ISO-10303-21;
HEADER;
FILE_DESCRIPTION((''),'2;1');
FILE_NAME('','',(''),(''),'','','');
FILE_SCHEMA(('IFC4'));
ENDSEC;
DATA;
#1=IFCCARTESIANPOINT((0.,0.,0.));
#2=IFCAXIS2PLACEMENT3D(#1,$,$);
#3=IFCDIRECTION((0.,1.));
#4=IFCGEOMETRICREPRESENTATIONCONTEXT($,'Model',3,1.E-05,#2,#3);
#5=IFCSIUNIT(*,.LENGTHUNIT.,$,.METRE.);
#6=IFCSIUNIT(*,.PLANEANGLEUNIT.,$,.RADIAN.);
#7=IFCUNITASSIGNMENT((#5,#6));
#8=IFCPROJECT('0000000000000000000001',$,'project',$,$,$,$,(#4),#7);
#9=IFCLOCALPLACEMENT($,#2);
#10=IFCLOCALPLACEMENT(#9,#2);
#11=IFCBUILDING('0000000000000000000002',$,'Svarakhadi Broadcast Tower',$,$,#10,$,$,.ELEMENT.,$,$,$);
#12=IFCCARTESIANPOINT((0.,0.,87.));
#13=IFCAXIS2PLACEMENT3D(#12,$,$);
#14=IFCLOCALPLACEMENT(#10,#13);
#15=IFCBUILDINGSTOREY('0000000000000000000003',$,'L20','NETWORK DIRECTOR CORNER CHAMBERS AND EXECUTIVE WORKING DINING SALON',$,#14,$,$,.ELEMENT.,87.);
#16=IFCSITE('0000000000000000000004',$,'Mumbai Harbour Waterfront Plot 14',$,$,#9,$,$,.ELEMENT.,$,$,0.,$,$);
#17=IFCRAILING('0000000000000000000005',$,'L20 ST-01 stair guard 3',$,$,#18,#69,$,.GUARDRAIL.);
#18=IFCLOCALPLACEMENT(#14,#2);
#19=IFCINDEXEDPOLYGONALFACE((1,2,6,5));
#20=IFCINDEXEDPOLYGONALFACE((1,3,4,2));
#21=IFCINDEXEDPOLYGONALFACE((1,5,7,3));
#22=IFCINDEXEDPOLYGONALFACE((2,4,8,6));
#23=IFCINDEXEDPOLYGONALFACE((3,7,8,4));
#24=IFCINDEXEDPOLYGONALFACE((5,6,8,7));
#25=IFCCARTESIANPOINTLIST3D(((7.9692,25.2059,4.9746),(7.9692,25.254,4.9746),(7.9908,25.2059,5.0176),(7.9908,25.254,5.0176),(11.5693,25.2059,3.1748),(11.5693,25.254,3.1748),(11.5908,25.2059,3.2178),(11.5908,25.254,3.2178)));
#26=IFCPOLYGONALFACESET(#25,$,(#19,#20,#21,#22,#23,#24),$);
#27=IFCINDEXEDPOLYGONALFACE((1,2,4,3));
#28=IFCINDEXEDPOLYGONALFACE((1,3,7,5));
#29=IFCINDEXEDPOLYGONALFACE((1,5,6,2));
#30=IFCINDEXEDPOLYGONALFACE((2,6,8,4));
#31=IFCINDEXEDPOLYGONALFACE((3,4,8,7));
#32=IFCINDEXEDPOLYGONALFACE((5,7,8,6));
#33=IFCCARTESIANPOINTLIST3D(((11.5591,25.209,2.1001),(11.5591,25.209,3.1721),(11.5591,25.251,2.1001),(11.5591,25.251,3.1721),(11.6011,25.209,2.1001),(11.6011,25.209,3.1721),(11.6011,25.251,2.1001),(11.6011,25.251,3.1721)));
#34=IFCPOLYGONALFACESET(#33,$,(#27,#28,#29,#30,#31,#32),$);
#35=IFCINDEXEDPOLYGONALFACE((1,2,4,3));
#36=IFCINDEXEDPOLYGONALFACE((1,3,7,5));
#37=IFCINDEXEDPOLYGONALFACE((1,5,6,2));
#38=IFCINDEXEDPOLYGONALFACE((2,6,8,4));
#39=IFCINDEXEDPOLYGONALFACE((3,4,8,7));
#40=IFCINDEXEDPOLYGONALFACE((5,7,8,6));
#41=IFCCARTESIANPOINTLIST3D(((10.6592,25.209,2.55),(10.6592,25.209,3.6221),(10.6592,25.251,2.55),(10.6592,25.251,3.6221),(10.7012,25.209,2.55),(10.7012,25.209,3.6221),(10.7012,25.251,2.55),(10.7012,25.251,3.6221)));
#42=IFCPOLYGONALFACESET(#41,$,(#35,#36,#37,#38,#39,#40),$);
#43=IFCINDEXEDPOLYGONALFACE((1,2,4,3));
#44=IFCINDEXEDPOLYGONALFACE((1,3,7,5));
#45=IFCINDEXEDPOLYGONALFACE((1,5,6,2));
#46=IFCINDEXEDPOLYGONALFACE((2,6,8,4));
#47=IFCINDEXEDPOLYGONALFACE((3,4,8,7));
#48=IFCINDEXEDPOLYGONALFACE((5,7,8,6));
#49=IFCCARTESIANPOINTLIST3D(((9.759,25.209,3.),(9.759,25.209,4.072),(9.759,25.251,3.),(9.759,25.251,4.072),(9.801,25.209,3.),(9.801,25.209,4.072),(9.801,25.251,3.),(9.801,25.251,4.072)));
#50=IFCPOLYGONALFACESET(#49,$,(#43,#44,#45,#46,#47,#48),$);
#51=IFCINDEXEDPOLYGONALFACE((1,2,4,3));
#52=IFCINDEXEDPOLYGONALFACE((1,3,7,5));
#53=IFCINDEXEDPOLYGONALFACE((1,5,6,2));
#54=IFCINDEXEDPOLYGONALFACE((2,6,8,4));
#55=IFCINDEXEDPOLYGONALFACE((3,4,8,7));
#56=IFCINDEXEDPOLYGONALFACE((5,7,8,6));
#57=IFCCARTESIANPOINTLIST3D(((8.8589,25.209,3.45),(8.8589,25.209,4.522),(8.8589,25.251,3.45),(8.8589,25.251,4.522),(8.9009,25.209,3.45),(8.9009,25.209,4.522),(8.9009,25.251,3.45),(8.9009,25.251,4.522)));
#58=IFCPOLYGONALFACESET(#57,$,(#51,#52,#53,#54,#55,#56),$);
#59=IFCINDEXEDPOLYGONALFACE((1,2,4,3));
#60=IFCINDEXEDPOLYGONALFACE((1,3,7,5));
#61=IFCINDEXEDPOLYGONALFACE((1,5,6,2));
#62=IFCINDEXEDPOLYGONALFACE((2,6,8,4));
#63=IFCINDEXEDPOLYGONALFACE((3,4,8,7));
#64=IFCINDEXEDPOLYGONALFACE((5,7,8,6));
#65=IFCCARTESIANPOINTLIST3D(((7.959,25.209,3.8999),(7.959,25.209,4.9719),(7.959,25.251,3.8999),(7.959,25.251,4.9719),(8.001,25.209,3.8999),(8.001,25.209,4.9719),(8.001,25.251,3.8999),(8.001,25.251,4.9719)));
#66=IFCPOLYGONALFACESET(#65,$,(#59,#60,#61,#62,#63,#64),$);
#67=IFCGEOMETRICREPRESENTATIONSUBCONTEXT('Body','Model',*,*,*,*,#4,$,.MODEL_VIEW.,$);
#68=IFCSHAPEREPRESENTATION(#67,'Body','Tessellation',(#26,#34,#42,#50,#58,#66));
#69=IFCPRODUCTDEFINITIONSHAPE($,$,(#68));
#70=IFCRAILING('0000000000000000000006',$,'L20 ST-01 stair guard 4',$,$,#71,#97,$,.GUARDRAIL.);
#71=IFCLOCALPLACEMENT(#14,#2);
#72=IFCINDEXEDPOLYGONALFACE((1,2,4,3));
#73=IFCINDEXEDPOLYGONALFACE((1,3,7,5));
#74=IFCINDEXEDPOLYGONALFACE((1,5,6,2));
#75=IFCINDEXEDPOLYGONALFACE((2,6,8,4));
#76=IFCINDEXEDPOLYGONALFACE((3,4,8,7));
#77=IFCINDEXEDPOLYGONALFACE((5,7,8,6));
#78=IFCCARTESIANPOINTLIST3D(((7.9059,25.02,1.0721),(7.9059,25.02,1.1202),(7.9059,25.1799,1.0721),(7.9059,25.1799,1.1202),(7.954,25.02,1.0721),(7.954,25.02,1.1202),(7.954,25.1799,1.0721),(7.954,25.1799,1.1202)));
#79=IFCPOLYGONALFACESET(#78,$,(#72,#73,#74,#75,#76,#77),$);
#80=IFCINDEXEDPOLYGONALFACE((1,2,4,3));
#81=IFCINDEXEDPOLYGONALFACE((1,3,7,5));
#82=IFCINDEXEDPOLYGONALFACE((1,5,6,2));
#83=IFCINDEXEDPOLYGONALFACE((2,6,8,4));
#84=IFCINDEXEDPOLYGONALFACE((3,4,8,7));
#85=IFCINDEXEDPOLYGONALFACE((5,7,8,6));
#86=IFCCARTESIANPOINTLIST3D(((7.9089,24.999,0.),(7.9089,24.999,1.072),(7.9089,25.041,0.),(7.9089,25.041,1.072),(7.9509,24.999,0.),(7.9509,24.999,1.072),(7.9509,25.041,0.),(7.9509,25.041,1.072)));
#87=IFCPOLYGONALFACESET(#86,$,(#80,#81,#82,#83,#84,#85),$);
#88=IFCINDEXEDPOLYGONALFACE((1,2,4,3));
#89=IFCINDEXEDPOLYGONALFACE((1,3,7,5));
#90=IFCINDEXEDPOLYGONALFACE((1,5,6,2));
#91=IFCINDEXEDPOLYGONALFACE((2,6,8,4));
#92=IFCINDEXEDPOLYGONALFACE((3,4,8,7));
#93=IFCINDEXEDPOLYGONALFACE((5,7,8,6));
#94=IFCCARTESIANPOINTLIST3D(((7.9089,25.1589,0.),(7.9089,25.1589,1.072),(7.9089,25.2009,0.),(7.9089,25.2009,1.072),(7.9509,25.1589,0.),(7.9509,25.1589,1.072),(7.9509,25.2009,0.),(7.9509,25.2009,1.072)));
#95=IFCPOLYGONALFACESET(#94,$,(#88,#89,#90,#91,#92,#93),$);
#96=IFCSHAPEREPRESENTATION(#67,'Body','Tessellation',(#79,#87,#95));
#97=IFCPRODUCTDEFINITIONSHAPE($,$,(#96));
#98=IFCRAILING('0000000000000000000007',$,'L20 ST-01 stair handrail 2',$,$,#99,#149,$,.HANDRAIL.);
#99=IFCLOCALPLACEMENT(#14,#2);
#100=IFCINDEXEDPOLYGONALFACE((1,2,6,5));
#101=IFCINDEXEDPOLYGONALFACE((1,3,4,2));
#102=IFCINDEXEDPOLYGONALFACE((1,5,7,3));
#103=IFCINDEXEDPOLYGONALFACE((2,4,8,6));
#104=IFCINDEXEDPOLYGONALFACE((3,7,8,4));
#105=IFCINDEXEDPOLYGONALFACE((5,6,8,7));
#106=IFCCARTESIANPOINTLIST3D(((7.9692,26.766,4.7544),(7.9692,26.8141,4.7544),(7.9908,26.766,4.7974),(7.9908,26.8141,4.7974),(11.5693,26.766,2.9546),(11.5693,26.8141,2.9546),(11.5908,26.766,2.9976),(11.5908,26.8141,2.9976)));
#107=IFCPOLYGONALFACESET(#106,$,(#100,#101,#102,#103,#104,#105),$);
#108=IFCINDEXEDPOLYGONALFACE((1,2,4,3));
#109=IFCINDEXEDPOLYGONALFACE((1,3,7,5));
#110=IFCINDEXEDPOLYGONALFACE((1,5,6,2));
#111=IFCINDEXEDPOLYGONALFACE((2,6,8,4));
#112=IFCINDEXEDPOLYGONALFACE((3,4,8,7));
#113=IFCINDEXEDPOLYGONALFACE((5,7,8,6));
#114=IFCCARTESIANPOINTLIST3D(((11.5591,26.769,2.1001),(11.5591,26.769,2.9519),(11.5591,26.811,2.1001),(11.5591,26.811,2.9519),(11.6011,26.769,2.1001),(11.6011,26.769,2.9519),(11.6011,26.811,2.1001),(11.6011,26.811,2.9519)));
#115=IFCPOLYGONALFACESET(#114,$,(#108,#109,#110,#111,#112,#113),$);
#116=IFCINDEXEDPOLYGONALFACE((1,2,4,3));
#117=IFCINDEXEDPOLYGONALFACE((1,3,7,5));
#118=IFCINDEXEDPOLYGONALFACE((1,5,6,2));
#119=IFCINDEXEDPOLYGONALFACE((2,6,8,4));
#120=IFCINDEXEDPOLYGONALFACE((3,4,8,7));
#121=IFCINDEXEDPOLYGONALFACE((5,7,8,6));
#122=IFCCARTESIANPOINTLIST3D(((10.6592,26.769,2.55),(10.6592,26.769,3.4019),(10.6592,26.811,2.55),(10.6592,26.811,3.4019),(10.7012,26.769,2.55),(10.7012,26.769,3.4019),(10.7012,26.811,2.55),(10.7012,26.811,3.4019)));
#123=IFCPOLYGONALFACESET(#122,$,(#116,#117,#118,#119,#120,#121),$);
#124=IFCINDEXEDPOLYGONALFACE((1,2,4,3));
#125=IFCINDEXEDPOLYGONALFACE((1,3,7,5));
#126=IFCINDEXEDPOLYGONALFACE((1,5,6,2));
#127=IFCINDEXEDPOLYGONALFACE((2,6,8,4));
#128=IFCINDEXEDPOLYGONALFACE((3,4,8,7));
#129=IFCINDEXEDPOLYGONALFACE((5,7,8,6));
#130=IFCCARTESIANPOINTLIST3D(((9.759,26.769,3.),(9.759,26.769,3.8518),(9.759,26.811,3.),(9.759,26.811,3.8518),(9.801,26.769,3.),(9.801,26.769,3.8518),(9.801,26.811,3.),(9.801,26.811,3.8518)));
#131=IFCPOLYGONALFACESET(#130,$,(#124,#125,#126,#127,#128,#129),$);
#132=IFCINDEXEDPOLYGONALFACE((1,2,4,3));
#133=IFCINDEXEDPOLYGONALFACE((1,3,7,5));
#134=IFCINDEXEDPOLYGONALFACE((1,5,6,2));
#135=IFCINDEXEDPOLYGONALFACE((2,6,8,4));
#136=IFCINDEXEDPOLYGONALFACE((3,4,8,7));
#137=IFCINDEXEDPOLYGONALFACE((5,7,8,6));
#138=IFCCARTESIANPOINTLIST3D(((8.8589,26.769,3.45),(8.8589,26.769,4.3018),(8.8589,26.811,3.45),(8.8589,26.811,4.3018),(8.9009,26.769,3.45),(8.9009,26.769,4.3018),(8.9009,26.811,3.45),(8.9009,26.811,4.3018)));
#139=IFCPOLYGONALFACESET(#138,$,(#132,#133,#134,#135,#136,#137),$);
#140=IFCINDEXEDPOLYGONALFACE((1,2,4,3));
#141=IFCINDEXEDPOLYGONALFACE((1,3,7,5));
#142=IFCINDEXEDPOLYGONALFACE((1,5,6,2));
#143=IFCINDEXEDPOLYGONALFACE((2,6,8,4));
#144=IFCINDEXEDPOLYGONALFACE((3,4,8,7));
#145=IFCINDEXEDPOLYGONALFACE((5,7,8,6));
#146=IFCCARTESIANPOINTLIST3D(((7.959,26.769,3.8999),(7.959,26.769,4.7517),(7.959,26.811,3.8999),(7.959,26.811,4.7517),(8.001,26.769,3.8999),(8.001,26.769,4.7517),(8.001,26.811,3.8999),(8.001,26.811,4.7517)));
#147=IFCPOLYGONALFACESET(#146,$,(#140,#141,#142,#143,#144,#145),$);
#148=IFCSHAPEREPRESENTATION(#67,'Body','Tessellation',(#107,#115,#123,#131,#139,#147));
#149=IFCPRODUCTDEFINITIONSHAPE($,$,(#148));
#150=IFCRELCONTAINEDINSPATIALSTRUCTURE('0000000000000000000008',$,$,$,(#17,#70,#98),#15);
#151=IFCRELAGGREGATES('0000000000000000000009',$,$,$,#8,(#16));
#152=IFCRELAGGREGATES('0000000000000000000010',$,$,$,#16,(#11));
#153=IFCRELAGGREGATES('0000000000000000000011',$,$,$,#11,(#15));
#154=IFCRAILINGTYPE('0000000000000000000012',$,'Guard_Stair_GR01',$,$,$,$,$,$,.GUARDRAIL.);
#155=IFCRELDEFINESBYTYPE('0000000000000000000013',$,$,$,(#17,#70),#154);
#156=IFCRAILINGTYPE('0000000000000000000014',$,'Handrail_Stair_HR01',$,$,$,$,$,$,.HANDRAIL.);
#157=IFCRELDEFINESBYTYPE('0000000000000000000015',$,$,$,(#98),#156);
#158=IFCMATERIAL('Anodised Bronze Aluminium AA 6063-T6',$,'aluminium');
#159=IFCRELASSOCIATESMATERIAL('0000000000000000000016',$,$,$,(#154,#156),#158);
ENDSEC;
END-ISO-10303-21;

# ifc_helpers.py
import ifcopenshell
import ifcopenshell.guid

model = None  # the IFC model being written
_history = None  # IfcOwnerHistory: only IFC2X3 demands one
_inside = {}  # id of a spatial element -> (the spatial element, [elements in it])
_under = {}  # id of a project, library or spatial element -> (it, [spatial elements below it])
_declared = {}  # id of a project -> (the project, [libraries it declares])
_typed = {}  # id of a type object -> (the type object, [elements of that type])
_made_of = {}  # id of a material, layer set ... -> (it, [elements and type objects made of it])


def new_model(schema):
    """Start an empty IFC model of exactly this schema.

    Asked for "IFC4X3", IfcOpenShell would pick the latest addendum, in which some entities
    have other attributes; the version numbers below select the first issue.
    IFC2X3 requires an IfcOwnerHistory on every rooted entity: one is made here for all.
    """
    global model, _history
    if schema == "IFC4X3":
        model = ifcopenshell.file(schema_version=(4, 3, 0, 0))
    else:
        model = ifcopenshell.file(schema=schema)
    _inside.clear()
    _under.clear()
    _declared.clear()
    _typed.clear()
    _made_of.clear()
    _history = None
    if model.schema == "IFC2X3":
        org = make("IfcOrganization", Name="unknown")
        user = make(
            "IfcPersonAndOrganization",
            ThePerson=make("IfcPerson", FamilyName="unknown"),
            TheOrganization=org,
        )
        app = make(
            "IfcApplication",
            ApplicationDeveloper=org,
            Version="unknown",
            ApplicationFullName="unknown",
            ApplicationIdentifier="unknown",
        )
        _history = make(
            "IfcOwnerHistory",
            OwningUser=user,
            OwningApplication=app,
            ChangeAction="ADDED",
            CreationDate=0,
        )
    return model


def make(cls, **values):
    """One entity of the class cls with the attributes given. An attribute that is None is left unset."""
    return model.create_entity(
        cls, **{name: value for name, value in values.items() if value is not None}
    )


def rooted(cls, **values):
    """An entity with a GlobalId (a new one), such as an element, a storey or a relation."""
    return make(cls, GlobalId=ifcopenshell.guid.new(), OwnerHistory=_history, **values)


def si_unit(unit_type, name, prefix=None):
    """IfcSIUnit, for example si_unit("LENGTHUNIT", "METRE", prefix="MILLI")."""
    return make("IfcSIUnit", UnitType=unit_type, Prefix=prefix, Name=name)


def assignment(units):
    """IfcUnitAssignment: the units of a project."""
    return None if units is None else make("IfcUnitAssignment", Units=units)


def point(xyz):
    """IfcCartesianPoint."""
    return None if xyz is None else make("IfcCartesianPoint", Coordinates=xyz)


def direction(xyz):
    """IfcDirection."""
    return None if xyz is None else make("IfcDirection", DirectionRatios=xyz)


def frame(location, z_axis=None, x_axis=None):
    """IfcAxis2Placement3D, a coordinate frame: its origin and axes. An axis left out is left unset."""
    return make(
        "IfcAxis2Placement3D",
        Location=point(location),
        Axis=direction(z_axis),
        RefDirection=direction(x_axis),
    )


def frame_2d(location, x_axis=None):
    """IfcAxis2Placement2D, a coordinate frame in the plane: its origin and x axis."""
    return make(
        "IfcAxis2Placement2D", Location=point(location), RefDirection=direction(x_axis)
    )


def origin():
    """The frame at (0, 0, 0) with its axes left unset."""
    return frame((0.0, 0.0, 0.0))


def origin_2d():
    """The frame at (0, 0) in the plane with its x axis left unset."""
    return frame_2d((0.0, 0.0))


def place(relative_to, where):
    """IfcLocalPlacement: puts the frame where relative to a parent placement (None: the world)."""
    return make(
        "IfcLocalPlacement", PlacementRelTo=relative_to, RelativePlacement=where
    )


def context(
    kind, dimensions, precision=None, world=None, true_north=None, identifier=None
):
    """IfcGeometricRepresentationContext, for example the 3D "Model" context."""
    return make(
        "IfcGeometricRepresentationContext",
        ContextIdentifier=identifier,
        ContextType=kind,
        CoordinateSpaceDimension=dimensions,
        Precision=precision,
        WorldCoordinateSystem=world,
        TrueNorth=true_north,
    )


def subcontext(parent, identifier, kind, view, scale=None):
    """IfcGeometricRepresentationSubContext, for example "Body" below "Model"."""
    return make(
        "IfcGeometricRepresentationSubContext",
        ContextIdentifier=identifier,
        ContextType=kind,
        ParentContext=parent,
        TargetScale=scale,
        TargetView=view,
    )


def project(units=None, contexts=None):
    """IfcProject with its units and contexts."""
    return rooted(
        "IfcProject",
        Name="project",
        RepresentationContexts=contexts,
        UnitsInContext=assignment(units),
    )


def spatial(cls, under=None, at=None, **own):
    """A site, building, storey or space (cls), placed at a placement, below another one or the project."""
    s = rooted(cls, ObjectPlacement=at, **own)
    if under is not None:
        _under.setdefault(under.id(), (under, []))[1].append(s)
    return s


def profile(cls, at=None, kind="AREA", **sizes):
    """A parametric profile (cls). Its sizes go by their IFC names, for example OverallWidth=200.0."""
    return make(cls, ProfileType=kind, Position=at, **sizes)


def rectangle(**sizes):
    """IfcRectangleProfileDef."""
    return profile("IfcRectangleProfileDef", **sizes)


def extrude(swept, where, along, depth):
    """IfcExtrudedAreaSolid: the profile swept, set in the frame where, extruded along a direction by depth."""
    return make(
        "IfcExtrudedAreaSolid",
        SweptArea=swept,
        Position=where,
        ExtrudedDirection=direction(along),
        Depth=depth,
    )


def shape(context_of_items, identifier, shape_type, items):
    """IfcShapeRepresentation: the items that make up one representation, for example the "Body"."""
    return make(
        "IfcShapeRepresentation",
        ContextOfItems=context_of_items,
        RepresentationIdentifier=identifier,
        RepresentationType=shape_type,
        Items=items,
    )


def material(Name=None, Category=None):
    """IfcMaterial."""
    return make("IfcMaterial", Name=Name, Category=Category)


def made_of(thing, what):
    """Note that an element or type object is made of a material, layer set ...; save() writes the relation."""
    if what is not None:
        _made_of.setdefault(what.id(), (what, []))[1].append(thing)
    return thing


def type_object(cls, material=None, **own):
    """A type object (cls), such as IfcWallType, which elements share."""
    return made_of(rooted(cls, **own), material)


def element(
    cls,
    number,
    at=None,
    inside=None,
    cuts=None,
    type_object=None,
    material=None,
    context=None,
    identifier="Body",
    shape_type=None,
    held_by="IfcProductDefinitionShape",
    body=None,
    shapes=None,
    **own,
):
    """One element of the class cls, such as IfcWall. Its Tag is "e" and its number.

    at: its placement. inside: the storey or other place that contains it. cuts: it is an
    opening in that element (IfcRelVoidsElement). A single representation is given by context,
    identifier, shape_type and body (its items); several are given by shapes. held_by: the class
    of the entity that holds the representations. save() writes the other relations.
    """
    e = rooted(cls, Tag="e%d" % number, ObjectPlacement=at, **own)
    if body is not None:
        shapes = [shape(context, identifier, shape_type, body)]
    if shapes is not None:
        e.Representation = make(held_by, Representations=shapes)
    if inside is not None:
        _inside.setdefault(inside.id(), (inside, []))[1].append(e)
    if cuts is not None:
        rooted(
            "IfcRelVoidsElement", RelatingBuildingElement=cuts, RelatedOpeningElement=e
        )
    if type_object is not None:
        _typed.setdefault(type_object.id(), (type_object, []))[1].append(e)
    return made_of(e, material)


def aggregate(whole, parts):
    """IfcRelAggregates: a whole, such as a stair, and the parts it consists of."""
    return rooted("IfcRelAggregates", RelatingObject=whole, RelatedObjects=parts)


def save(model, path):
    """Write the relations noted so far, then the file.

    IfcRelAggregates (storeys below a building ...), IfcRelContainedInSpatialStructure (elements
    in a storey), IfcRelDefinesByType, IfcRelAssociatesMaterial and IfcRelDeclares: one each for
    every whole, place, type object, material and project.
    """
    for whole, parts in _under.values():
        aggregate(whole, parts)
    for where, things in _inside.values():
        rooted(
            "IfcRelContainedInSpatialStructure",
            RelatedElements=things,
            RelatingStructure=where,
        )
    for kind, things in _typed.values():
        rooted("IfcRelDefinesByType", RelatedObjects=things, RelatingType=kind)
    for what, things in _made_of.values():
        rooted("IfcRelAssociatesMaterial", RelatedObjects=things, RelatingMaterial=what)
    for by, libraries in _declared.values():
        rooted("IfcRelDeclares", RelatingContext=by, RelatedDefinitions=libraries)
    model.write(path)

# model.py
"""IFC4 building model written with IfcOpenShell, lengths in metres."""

from ifc_helpers import new_model, si_unit, direction, frame, origin, origin_2d, place, context, subcontext, project, spatial, rectangle, extrude, material, type_object, element, save


model = new_model("IFC4")

# Units and contexts
model_context = context("Model", 3, precision=1e-05, world=origin(), true_north=direction((0.0, 1.0)))
body_context = subcontext(model_context, "Body", "Model", "MODEL_VIEW")
ifc_project = project(units=[si_unit("LENGTHUNIT", "METRE"), si_unit("PLANEANGLEUNIT", "RADIAN")], contexts=[model_context])

# Site, building, storey
site_placement = place(None, origin())
site = spatial("IfcSite", under=ifc_project, at=site_placement, Name="Mumbai Harbour Waterfront Plot 14", CompositionType="ELEMENT", RefElevation=0.0)
building_placement = place(site_placement, origin())
building = spatial("IfcBuilding", under=site, at=building_placement, Name="Svarakhadi Broadcast Tower", CompositionType="ELEMENT")
storey_placement = place(building_placement, frame((0.0, 0.0, 87.0)))
storey = spatial("IfcBuildingStorey", under=building, at=storey_placement, Name="L20", Description="NETWORK DIRECTOR CORNER CHAMBERS AND EXECUTIVE WORKING DINING SALON", CompositionType="ELEMENT", Elevation=87.0)

# Railings
ifc_material_1 = material(Name="Anodised Bronze Aluminium AA 6063-T6", Category="aluminium")
railing_type_1 = type_object("IfcRailingType", Name="Guard_Stair_GR01", PredefinedType="GUARDRAIL", material=ifc_material_1)
railing_1_placement = place(storey_placement, frame((11.5801, 25.23, 2.1001)))
element("IfcRailing", 1, at=railing_1_placement, inside=storey, type_object=railing_type_1, Name="L20 ST-01 stair guard 3", PredefinedType="GUARDRAIL", context=body_context, shape_type="SweptSolid", body=[
    extrude(rectangle(XDim=0.0481, YDim=0.0481, at=origin_2d()), frame((0.0, 0.0, 1.0962), z_axis=(-0.894451, 0.0, 0.447165), x_axis=(0.0, -1.0, 0.0)), (0.0, 0.0, 1.0), 4.0249),
    extrude(rectangle(XDim=0.042, YDim=0.042, at=origin_2d()), origin(), (0.0, 0.0, 1.0), 1.072),
    extrude(rectangle(XDim=0.042, YDim=0.042, at=origin_2d()), frame((-0.8999, 0.0, 0.45)), (0.0, 0.0, 1.0), 1.072),
    extrude(rectangle(XDim=0.042, YDim=0.042, at=origin_2d()), frame((-1.8, 0.0, 0.8999)), (0.0, 0.0, 1.0), 1.072),
    extrude(rectangle(XDim=0.042, YDim=0.042, at=origin_2d()), frame((-2.7002, 0.0, 1.3499)), (0.0, 0.0, 1.0), 1.072),
    extrude(rectangle(XDim=0.042, YDim=0.042, at=origin_2d()), frame((-3.6001, 0.0, 1.7998)), (0.0, 0.0, 1.0), 1.072),
])
railing_2_placement = place(storey_placement, frame((7.9299, 25.02, 0.0)))
element("IfcRailing", 2, at=railing_2_placement, inside=storey, type_object=railing_type_1, Name="L20 ST-01 stair guard 4", PredefinedType="GUARDRAIL", context=body_context, shape_type="SweptSolid", body=[
    extrude(rectangle(XDim=0.0481, YDim=0.0481, at=origin_2d()), frame((0.0, 0.0, 1.0962), z_axis=(0.0, 1.0, 0.0), x_axis=(-1.0, 0.0, 0.0)), (0.0, 0.0, 1.0), 0.1599),
    extrude(rectangle(XDim=0.042, YDim=0.042, at=origin_2d()), origin(), (0.0, 0.0, 1.0), 1.072),
    extrude(rectangle(XDim=0.042, YDim=0.042, at=origin_2d()), frame((0.0, 0.1599, 0.0)), (0.0, 0.0, 1.0), 1.072),
])
railing_type_2 = type_object("IfcRailingType", Name="Handrail_Stair_HR01", PredefinedType="HANDRAIL", material=ifc_material_1)
railing_3_placement = place(storey_placement, frame((11.5801, 26.79, 2.1001)))
element("IfcRailing", 3, at=railing_3_placement, inside=storey, type_object=railing_type_2, Name="L20 ST-01 stair handrail 2", PredefinedType="HANDRAIL", context=body_context, shape_type="SweptSolid", body=[
    extrude(rectangle(XDim=0.0481, YDim=0.0481, at=origin_2d()), frame((0.0, 0.0, 0.876), z_axis=(-0.894451, 0.0, 0.447165), x_axis=(0.0, -1.0, 0.0)), (0.0, 0.0, 1.0), 4.0249),
    extrude(rectangle(XDim=0.042, YDim=0.042, at=origin_2d()), origin(), (0.0, 0.0, 1.0), 0.8518),
    extrude(rectangle(XDim=0.042, YDim=0.042, at=origin_2d()), frame((-0.8999, 0.0, 0.45)), (0.0, 0.0, 1.0), 0.8518),
    extrude(rectangle(XDim=0.042, YDim=0.042, at=origin_2d()), frame((-1.8, 0.0, 0.8999)), (0.0, 0.0, 1.0), 0.8518),
    extrude(rectangle(XDim=0.042, YDim=0.042, at=origin_2d()), frame((-2.7002, 0.0, 1.3499)), (0.0, 0.0, 1.0), 0.8518),
    extrude(rectangle(XDim=0.042, YDim=0.042, at=origin_2d()), frame((-3.6001, 0.0, 1.7998)), (0.0, 0.0, 1.0), 0.8518),
])

save(model, "model.ifc")
